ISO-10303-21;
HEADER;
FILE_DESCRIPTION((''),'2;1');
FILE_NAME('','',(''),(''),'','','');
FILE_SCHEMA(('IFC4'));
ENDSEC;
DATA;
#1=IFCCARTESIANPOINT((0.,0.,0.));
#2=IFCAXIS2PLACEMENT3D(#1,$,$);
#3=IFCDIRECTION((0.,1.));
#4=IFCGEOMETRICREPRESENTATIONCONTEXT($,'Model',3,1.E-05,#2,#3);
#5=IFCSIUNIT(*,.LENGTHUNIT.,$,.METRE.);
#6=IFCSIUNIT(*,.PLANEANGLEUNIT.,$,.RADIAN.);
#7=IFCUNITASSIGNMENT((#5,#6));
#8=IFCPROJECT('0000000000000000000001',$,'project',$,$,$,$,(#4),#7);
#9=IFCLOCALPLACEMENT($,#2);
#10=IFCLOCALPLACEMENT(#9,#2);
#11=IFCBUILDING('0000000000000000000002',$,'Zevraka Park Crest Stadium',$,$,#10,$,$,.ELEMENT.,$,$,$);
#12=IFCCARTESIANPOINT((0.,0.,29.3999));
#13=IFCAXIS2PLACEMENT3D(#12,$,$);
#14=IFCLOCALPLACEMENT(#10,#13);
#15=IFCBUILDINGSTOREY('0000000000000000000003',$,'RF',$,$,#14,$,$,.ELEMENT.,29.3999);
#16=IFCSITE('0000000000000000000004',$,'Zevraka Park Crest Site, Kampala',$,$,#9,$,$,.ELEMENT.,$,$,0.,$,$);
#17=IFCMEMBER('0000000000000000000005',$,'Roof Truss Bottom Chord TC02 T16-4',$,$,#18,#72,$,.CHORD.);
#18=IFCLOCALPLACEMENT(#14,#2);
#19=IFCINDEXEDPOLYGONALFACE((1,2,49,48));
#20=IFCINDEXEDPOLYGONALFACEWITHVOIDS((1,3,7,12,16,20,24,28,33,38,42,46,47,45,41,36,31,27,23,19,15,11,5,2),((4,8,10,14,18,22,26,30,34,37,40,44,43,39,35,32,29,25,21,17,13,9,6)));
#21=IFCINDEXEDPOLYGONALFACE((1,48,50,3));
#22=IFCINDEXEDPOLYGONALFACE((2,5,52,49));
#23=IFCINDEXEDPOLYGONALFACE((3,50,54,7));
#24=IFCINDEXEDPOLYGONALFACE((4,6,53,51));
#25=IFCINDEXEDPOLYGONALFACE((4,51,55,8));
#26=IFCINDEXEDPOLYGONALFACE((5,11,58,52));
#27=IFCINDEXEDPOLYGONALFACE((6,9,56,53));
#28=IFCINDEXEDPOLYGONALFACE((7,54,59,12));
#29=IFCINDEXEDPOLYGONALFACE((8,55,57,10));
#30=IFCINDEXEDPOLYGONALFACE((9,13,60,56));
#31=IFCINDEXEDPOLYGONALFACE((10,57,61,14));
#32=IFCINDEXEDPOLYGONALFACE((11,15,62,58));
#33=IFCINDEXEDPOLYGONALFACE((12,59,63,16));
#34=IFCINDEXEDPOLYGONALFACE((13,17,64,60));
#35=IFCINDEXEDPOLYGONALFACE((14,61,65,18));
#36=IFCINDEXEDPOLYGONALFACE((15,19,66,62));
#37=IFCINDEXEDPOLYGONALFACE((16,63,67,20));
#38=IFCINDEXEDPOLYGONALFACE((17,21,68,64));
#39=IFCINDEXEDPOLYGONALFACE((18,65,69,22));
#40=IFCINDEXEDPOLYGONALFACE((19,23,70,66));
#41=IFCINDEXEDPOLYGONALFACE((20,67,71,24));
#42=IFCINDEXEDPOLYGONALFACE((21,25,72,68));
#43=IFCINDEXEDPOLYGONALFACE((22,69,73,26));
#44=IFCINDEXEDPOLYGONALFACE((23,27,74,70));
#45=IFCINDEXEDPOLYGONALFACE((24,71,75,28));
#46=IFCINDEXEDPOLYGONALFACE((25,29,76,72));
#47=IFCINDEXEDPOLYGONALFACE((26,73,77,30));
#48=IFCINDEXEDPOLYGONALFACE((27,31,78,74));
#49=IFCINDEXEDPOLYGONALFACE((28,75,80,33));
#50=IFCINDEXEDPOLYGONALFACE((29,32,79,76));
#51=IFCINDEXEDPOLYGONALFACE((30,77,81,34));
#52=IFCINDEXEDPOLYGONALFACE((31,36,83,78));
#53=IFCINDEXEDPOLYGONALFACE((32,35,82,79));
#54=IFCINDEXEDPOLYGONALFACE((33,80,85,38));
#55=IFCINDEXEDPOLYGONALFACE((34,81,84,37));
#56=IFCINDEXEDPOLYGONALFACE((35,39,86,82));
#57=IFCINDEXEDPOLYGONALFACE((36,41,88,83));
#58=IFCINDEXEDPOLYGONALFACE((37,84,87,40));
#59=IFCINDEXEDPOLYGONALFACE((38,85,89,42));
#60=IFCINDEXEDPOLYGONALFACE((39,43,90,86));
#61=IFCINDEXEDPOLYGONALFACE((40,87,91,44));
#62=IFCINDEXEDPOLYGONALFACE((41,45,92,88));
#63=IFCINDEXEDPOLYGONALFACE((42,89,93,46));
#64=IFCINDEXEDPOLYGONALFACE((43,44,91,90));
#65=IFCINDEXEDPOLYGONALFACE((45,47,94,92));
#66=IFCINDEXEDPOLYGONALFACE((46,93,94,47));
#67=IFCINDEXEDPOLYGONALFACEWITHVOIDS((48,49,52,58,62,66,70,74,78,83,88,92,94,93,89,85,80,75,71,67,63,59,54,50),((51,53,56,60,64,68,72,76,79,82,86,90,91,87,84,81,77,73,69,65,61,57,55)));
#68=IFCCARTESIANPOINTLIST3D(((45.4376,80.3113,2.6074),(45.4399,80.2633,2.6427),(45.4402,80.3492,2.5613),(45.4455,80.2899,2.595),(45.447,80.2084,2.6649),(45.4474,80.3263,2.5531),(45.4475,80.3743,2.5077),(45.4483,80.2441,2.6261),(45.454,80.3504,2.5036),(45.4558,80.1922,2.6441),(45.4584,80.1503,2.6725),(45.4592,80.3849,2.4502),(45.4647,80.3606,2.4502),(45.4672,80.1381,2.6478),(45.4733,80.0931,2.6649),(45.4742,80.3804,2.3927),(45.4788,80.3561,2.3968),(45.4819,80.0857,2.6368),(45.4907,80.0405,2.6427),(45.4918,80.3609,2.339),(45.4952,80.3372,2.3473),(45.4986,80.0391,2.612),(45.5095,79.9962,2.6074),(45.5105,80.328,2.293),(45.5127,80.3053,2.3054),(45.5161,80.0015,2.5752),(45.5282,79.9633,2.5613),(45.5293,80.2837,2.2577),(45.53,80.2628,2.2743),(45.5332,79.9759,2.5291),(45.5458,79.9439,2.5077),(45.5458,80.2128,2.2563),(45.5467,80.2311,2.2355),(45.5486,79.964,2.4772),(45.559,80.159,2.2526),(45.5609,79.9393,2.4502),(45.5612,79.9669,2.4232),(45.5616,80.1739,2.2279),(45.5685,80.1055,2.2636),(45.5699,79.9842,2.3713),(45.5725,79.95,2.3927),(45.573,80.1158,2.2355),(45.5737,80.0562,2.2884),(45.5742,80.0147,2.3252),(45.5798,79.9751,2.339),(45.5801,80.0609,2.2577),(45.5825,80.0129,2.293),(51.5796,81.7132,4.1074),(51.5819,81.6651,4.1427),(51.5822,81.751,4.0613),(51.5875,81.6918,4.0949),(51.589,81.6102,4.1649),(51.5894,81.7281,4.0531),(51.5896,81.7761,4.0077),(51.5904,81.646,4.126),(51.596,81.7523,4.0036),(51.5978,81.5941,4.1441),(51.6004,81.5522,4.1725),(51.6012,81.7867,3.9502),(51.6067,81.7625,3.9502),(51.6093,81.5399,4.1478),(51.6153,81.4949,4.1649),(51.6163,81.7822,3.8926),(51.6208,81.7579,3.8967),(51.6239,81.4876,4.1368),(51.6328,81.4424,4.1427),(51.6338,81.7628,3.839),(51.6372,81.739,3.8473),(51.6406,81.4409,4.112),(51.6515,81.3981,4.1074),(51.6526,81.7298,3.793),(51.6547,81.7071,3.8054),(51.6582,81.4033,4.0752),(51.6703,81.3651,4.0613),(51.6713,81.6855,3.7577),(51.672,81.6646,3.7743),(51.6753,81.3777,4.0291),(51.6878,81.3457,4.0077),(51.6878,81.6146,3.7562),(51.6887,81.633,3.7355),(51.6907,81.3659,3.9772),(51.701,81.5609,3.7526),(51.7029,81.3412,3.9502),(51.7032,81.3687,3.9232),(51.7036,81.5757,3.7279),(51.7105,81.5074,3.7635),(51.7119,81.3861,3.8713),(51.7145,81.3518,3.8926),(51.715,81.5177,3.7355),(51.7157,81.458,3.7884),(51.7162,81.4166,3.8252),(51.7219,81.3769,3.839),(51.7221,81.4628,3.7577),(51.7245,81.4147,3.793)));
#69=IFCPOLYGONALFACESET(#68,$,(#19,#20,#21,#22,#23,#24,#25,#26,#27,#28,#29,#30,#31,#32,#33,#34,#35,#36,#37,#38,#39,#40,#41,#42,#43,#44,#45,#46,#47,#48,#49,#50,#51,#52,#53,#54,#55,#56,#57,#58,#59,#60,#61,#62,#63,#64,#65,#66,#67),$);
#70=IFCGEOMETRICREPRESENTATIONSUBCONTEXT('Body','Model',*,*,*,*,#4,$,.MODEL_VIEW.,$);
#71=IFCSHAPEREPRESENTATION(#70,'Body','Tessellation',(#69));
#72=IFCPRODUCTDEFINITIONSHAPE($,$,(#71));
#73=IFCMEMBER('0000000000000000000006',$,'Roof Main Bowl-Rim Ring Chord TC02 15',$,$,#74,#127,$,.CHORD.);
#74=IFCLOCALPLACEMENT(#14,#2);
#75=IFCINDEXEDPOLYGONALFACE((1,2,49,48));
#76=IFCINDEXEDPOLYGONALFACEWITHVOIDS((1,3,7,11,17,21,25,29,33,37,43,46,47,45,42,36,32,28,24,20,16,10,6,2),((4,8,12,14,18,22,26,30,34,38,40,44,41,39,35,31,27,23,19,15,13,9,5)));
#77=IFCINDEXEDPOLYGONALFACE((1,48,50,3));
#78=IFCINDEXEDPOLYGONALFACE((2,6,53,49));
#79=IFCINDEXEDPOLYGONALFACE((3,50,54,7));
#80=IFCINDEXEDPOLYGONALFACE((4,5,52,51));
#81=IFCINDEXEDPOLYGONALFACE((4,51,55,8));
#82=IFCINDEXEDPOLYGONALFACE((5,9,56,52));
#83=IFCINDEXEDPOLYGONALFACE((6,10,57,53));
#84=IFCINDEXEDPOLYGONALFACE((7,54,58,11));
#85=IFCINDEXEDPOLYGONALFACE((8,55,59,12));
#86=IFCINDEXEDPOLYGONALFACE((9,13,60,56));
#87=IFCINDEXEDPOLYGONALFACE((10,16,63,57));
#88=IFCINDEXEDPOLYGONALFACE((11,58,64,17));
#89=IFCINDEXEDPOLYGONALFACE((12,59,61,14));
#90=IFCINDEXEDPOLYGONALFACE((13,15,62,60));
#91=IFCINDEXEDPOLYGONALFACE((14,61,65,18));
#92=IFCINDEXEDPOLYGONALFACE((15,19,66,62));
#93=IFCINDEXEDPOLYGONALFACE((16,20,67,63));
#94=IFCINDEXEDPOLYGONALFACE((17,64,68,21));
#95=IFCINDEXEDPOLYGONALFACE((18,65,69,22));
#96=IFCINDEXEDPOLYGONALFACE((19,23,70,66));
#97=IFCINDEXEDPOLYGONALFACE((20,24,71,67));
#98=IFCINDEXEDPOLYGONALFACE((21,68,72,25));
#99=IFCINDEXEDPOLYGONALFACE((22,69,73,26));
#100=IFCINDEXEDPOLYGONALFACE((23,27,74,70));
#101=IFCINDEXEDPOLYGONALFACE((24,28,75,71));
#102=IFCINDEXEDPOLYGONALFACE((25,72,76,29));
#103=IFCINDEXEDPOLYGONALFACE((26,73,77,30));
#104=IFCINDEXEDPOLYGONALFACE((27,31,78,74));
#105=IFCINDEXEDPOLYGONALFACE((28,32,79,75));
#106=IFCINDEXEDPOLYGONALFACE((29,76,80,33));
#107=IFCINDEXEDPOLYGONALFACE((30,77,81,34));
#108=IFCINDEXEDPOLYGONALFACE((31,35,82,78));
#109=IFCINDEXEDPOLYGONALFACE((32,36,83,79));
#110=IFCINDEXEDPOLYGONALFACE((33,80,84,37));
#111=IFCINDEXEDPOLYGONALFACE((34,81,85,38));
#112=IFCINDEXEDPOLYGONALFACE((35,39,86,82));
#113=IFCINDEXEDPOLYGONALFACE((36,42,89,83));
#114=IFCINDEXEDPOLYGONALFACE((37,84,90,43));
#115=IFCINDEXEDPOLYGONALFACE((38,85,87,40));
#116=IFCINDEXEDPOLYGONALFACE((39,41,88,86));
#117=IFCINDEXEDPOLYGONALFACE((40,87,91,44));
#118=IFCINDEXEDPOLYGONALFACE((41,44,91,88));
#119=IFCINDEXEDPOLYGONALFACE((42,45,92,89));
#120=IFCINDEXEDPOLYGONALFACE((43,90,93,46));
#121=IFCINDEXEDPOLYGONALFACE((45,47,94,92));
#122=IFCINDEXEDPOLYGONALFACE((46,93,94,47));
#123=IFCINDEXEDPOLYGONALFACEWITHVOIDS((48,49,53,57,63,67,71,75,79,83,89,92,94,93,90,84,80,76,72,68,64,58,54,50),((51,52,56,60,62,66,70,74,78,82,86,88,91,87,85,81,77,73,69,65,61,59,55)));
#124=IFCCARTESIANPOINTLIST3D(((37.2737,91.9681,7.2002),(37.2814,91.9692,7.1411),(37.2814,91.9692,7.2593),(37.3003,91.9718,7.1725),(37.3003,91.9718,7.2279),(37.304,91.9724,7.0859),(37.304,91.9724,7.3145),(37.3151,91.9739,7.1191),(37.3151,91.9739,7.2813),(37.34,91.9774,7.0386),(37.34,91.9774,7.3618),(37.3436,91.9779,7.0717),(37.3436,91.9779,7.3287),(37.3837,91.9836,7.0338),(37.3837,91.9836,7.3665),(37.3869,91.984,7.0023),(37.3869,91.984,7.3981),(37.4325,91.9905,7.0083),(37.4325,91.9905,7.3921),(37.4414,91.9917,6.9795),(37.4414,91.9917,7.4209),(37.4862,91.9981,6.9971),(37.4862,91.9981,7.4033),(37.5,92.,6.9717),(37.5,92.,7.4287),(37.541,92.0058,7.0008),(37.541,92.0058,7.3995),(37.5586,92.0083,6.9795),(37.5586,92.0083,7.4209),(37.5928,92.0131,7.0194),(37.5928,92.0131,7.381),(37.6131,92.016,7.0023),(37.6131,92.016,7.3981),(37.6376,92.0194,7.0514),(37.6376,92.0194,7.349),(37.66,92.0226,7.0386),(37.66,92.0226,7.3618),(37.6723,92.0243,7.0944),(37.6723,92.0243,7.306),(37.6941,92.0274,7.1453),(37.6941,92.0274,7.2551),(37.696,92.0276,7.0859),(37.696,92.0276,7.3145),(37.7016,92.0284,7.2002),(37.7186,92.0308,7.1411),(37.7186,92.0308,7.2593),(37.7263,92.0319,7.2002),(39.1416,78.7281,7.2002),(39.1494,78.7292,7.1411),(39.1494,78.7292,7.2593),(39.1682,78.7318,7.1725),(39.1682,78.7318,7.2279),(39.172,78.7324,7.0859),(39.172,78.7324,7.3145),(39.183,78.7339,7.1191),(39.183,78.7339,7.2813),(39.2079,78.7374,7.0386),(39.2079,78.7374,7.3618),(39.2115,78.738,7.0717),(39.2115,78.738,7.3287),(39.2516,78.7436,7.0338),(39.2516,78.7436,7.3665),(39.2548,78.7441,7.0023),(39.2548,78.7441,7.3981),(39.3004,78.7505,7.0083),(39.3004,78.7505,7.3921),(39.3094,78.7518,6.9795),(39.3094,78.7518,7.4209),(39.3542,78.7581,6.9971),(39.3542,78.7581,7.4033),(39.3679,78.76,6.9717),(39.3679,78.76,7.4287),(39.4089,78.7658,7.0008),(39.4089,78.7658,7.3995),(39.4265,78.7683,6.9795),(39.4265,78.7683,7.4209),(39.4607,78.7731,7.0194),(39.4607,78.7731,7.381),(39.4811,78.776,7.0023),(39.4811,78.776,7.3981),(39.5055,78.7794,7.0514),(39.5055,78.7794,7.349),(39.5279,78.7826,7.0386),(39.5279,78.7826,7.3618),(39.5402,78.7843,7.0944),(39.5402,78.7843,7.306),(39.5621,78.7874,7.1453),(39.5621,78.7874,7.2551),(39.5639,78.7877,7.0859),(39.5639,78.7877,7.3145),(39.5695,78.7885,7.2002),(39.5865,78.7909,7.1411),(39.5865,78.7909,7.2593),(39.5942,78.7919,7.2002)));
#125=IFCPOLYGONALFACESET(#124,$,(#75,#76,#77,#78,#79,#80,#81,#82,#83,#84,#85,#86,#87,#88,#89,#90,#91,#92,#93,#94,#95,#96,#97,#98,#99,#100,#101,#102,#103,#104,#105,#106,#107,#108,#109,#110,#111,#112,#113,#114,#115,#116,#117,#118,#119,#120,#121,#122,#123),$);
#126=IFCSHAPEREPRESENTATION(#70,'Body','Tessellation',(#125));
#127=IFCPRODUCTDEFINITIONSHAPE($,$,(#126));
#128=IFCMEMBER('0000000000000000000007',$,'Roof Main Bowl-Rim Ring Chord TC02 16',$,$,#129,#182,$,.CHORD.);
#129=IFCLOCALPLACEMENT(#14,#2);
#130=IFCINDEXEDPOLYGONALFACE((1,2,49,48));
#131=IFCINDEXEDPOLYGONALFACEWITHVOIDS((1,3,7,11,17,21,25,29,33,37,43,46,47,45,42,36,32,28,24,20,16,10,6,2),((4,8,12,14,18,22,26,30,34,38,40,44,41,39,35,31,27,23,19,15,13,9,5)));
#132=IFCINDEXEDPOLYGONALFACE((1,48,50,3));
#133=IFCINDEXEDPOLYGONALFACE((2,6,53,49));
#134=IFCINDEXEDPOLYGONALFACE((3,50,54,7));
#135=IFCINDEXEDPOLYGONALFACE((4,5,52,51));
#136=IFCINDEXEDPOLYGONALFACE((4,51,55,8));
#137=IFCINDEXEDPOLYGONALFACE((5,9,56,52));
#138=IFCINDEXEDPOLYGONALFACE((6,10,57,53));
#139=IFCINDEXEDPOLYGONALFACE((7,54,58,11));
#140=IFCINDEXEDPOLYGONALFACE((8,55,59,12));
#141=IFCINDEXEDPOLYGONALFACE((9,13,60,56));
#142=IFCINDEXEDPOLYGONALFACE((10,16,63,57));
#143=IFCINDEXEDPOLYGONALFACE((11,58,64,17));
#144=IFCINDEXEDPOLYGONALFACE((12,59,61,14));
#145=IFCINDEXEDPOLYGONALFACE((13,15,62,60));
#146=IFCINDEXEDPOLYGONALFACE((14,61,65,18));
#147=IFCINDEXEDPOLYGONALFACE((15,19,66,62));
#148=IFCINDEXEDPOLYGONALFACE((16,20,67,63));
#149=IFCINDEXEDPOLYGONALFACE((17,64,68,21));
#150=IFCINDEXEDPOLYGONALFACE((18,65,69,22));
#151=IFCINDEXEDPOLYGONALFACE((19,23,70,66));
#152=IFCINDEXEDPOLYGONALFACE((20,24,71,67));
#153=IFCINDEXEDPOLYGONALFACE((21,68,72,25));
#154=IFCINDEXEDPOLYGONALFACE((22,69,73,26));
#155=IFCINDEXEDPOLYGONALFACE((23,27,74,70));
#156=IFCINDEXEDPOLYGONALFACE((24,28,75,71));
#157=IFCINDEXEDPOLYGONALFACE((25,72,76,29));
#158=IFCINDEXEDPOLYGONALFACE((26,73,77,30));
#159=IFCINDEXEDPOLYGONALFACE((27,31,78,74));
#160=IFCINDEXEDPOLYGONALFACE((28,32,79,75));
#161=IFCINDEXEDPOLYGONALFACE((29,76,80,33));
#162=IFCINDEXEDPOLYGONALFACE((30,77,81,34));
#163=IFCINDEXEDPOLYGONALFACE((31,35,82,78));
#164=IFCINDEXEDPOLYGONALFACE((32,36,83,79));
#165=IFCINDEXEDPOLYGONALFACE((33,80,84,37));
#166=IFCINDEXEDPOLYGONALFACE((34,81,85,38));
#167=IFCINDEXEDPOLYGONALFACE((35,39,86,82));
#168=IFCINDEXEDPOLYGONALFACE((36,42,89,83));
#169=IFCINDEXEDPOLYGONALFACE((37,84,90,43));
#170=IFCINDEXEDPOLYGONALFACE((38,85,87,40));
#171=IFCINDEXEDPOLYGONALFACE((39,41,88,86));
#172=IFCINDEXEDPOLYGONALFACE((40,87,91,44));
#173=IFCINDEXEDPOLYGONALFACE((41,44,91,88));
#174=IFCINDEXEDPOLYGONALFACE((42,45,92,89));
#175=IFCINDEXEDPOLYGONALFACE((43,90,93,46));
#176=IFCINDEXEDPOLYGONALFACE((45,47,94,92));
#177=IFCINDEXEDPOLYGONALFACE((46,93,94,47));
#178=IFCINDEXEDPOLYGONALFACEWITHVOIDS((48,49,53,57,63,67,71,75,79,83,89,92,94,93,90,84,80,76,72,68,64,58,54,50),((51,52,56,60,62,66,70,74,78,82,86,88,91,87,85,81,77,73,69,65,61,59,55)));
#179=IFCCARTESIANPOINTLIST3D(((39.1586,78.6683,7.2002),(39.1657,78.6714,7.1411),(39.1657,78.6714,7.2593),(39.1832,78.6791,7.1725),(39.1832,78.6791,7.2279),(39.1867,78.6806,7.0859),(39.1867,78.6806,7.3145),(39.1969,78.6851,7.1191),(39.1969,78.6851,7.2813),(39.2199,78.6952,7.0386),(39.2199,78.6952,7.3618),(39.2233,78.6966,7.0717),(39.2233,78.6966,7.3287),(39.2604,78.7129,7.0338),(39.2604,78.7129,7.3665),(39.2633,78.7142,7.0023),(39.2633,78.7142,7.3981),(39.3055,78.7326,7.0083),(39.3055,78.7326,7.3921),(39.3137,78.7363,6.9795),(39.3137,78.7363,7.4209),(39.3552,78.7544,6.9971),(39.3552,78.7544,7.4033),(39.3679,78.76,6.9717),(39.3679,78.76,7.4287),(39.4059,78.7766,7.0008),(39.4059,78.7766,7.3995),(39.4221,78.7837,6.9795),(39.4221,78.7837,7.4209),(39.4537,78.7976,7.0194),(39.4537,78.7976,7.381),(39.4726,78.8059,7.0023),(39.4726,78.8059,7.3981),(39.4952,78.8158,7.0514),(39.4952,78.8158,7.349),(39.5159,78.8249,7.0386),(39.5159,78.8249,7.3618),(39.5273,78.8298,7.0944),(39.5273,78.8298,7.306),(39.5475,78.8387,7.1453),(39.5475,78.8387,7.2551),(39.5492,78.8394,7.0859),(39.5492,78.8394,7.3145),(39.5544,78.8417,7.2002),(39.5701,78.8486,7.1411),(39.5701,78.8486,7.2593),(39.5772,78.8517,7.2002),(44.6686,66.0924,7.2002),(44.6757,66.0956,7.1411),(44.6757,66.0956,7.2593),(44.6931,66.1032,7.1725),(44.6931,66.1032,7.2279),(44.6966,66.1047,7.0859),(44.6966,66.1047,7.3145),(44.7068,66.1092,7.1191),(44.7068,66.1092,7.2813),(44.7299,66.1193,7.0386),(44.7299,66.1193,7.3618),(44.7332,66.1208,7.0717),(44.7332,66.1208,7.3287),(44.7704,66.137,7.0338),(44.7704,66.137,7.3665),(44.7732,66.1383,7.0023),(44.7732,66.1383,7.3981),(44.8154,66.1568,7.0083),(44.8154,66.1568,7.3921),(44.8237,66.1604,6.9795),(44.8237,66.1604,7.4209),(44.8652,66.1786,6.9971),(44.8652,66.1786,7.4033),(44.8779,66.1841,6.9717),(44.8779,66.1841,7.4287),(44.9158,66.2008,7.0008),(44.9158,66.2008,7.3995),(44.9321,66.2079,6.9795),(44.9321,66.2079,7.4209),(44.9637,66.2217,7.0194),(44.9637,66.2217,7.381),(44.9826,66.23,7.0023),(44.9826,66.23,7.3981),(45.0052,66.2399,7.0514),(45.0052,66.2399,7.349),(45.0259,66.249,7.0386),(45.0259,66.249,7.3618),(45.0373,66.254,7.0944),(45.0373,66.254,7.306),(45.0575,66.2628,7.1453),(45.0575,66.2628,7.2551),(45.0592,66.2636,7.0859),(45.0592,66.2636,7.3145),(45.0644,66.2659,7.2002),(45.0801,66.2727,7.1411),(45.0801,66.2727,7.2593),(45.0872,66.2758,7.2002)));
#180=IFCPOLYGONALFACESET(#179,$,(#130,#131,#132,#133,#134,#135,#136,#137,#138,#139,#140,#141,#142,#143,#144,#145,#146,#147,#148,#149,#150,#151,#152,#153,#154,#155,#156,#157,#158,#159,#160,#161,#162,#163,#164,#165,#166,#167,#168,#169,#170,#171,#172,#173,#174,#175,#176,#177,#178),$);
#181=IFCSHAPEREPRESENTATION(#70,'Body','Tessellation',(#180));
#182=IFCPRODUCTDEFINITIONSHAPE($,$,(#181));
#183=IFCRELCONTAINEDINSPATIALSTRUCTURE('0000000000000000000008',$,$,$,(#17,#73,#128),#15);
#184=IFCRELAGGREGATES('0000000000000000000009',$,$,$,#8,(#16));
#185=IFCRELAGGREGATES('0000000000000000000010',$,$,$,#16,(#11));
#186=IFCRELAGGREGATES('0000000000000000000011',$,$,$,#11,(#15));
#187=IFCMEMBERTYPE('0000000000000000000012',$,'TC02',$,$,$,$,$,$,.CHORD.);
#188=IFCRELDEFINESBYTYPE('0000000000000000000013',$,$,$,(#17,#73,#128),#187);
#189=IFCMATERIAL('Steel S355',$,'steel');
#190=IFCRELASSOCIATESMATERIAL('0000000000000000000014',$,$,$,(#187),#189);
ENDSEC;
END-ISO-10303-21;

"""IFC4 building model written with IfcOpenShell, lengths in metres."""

from ifc_helpers import new_model, si_unit, direction, frame, origin, origin_2d, place, context, subcontext, project, spatial, hollow_circle, extrude, material, material_profile, profile_set, type_object, element, save


model = new_model("IFC4")

# Units and contexts
model_context = context("Model", 3, precision=1e-05, world=origin(), true_north=direction((0.0, 1.0)))
body_context = subcontext(model_context, "Body", "Model", "MODEL_VIEW")
ifc_project = project(units=[si_unit("LENGTHUNIT", "METRE"), si_unit("PLANEANGLEUNIT", "RADIAN")], contexts=[model_context])

# Site, building, storey
site_placement = place(None, origin())
site = spatial("IfcSite", under=ifc_project, at=site_placement, Name="Zevraka Park Crest Site, Kampala", CompositionType="ELEMENT", RefElevation=0.0)
building_placement = place(site_placement, origin())
building = spatial("IfcBuilding", under=site, at=building_placement, Name="Zevraka Park Crest Stadium", CompositionType="ELEMENT")
storey_placement = place(building_placement, frame((0.0, 0.0, 29.3999)))
storey = spatial("IfcBuildingStorey", under=building, at=storey_placement, Name="RF", CompositionType="ELEMENT", Elevation=29.3999)

# Members
ifc_material_1 = material(Name="Steel S355", Category="steel")
ifc_material_profile_1 = material_profile(ifc_material_1, hollow_circle(Radius=0.2285, WallThickness=0.0249, at=origin_2d()), Name="CHS 457.0x25")
ifc_profile_set_1 = profile_set([ifc_material_profile_1], Name="Steel S355")
member_type_1 = type_object("IfcMemberType", Name="TC02", PredefinedType="CHORD", material=ifc_profile_set_1)
member_1_placement = place(storey_placement, frame((45.51, 80.1621, 2.4502), z_axis=(0.948417, 0.216464, 0.231619), x_axis=(-0.222515, 0.974929, 0.0)))
element("IfcMember", 1, at=member_1_placement, inside=storey, type_object=member_type_1, Name="Roof Truss Bottom Chord TC02 T16-4", PredefinedType="CHORD", context=body_context, shape_type="SweptSolid", body=[
    extrude(hollow_circle(Radius=0.2285, WallThickness=0.0249, at=origin_2d()), origin(), (0.0, 0.0, 1.0), 6.4761),
])
member_2_placement = place(storey_placement, frame((37.5, 92.0, 7.2002), z_axis=(0.139698, -0.990194, 0.0), x_axis=(0.990194, 0.139698, 0.0)))
element("IfcMember", 2, at=member_2_placement, inside=storey, type_object=member_type_1, Name="Roof Main Bowl-Rim Ring Chord TC02 15", PredefinedType="CHORD", context=body_context, shape_type="SweptSolid", body=[
    extrude(hollow_circle(Radius=0.2285, WallThickness=0.0249, at=origin_2d()), origin(), (0.0, 0.0, 1.0), 13.3711),
])
member_3_placement = place(storey_placement, frame((39.3679, 78.76, 7.2002), z_axis=(0.40131, -0.915942, 0.0), x_axis=(0.915942, 0.40131, 0.0)))
element("IfcMember", 3, at=member_3_placement, inside=storey, type_object=member_type_1, Name="Roof Main Bowl-Rim Ring Chord TC02 16", PredefinedType="CHORD", context=body_context, shape_type="SweptSolid", body=[
    extrude(hollow_circle(Radius=0.2285, WallThickness=0.0249, at=origin_2d()), origin(), (0.0, 0.0, 1.0), 13.73),
])

save(model, "model.ifc")
